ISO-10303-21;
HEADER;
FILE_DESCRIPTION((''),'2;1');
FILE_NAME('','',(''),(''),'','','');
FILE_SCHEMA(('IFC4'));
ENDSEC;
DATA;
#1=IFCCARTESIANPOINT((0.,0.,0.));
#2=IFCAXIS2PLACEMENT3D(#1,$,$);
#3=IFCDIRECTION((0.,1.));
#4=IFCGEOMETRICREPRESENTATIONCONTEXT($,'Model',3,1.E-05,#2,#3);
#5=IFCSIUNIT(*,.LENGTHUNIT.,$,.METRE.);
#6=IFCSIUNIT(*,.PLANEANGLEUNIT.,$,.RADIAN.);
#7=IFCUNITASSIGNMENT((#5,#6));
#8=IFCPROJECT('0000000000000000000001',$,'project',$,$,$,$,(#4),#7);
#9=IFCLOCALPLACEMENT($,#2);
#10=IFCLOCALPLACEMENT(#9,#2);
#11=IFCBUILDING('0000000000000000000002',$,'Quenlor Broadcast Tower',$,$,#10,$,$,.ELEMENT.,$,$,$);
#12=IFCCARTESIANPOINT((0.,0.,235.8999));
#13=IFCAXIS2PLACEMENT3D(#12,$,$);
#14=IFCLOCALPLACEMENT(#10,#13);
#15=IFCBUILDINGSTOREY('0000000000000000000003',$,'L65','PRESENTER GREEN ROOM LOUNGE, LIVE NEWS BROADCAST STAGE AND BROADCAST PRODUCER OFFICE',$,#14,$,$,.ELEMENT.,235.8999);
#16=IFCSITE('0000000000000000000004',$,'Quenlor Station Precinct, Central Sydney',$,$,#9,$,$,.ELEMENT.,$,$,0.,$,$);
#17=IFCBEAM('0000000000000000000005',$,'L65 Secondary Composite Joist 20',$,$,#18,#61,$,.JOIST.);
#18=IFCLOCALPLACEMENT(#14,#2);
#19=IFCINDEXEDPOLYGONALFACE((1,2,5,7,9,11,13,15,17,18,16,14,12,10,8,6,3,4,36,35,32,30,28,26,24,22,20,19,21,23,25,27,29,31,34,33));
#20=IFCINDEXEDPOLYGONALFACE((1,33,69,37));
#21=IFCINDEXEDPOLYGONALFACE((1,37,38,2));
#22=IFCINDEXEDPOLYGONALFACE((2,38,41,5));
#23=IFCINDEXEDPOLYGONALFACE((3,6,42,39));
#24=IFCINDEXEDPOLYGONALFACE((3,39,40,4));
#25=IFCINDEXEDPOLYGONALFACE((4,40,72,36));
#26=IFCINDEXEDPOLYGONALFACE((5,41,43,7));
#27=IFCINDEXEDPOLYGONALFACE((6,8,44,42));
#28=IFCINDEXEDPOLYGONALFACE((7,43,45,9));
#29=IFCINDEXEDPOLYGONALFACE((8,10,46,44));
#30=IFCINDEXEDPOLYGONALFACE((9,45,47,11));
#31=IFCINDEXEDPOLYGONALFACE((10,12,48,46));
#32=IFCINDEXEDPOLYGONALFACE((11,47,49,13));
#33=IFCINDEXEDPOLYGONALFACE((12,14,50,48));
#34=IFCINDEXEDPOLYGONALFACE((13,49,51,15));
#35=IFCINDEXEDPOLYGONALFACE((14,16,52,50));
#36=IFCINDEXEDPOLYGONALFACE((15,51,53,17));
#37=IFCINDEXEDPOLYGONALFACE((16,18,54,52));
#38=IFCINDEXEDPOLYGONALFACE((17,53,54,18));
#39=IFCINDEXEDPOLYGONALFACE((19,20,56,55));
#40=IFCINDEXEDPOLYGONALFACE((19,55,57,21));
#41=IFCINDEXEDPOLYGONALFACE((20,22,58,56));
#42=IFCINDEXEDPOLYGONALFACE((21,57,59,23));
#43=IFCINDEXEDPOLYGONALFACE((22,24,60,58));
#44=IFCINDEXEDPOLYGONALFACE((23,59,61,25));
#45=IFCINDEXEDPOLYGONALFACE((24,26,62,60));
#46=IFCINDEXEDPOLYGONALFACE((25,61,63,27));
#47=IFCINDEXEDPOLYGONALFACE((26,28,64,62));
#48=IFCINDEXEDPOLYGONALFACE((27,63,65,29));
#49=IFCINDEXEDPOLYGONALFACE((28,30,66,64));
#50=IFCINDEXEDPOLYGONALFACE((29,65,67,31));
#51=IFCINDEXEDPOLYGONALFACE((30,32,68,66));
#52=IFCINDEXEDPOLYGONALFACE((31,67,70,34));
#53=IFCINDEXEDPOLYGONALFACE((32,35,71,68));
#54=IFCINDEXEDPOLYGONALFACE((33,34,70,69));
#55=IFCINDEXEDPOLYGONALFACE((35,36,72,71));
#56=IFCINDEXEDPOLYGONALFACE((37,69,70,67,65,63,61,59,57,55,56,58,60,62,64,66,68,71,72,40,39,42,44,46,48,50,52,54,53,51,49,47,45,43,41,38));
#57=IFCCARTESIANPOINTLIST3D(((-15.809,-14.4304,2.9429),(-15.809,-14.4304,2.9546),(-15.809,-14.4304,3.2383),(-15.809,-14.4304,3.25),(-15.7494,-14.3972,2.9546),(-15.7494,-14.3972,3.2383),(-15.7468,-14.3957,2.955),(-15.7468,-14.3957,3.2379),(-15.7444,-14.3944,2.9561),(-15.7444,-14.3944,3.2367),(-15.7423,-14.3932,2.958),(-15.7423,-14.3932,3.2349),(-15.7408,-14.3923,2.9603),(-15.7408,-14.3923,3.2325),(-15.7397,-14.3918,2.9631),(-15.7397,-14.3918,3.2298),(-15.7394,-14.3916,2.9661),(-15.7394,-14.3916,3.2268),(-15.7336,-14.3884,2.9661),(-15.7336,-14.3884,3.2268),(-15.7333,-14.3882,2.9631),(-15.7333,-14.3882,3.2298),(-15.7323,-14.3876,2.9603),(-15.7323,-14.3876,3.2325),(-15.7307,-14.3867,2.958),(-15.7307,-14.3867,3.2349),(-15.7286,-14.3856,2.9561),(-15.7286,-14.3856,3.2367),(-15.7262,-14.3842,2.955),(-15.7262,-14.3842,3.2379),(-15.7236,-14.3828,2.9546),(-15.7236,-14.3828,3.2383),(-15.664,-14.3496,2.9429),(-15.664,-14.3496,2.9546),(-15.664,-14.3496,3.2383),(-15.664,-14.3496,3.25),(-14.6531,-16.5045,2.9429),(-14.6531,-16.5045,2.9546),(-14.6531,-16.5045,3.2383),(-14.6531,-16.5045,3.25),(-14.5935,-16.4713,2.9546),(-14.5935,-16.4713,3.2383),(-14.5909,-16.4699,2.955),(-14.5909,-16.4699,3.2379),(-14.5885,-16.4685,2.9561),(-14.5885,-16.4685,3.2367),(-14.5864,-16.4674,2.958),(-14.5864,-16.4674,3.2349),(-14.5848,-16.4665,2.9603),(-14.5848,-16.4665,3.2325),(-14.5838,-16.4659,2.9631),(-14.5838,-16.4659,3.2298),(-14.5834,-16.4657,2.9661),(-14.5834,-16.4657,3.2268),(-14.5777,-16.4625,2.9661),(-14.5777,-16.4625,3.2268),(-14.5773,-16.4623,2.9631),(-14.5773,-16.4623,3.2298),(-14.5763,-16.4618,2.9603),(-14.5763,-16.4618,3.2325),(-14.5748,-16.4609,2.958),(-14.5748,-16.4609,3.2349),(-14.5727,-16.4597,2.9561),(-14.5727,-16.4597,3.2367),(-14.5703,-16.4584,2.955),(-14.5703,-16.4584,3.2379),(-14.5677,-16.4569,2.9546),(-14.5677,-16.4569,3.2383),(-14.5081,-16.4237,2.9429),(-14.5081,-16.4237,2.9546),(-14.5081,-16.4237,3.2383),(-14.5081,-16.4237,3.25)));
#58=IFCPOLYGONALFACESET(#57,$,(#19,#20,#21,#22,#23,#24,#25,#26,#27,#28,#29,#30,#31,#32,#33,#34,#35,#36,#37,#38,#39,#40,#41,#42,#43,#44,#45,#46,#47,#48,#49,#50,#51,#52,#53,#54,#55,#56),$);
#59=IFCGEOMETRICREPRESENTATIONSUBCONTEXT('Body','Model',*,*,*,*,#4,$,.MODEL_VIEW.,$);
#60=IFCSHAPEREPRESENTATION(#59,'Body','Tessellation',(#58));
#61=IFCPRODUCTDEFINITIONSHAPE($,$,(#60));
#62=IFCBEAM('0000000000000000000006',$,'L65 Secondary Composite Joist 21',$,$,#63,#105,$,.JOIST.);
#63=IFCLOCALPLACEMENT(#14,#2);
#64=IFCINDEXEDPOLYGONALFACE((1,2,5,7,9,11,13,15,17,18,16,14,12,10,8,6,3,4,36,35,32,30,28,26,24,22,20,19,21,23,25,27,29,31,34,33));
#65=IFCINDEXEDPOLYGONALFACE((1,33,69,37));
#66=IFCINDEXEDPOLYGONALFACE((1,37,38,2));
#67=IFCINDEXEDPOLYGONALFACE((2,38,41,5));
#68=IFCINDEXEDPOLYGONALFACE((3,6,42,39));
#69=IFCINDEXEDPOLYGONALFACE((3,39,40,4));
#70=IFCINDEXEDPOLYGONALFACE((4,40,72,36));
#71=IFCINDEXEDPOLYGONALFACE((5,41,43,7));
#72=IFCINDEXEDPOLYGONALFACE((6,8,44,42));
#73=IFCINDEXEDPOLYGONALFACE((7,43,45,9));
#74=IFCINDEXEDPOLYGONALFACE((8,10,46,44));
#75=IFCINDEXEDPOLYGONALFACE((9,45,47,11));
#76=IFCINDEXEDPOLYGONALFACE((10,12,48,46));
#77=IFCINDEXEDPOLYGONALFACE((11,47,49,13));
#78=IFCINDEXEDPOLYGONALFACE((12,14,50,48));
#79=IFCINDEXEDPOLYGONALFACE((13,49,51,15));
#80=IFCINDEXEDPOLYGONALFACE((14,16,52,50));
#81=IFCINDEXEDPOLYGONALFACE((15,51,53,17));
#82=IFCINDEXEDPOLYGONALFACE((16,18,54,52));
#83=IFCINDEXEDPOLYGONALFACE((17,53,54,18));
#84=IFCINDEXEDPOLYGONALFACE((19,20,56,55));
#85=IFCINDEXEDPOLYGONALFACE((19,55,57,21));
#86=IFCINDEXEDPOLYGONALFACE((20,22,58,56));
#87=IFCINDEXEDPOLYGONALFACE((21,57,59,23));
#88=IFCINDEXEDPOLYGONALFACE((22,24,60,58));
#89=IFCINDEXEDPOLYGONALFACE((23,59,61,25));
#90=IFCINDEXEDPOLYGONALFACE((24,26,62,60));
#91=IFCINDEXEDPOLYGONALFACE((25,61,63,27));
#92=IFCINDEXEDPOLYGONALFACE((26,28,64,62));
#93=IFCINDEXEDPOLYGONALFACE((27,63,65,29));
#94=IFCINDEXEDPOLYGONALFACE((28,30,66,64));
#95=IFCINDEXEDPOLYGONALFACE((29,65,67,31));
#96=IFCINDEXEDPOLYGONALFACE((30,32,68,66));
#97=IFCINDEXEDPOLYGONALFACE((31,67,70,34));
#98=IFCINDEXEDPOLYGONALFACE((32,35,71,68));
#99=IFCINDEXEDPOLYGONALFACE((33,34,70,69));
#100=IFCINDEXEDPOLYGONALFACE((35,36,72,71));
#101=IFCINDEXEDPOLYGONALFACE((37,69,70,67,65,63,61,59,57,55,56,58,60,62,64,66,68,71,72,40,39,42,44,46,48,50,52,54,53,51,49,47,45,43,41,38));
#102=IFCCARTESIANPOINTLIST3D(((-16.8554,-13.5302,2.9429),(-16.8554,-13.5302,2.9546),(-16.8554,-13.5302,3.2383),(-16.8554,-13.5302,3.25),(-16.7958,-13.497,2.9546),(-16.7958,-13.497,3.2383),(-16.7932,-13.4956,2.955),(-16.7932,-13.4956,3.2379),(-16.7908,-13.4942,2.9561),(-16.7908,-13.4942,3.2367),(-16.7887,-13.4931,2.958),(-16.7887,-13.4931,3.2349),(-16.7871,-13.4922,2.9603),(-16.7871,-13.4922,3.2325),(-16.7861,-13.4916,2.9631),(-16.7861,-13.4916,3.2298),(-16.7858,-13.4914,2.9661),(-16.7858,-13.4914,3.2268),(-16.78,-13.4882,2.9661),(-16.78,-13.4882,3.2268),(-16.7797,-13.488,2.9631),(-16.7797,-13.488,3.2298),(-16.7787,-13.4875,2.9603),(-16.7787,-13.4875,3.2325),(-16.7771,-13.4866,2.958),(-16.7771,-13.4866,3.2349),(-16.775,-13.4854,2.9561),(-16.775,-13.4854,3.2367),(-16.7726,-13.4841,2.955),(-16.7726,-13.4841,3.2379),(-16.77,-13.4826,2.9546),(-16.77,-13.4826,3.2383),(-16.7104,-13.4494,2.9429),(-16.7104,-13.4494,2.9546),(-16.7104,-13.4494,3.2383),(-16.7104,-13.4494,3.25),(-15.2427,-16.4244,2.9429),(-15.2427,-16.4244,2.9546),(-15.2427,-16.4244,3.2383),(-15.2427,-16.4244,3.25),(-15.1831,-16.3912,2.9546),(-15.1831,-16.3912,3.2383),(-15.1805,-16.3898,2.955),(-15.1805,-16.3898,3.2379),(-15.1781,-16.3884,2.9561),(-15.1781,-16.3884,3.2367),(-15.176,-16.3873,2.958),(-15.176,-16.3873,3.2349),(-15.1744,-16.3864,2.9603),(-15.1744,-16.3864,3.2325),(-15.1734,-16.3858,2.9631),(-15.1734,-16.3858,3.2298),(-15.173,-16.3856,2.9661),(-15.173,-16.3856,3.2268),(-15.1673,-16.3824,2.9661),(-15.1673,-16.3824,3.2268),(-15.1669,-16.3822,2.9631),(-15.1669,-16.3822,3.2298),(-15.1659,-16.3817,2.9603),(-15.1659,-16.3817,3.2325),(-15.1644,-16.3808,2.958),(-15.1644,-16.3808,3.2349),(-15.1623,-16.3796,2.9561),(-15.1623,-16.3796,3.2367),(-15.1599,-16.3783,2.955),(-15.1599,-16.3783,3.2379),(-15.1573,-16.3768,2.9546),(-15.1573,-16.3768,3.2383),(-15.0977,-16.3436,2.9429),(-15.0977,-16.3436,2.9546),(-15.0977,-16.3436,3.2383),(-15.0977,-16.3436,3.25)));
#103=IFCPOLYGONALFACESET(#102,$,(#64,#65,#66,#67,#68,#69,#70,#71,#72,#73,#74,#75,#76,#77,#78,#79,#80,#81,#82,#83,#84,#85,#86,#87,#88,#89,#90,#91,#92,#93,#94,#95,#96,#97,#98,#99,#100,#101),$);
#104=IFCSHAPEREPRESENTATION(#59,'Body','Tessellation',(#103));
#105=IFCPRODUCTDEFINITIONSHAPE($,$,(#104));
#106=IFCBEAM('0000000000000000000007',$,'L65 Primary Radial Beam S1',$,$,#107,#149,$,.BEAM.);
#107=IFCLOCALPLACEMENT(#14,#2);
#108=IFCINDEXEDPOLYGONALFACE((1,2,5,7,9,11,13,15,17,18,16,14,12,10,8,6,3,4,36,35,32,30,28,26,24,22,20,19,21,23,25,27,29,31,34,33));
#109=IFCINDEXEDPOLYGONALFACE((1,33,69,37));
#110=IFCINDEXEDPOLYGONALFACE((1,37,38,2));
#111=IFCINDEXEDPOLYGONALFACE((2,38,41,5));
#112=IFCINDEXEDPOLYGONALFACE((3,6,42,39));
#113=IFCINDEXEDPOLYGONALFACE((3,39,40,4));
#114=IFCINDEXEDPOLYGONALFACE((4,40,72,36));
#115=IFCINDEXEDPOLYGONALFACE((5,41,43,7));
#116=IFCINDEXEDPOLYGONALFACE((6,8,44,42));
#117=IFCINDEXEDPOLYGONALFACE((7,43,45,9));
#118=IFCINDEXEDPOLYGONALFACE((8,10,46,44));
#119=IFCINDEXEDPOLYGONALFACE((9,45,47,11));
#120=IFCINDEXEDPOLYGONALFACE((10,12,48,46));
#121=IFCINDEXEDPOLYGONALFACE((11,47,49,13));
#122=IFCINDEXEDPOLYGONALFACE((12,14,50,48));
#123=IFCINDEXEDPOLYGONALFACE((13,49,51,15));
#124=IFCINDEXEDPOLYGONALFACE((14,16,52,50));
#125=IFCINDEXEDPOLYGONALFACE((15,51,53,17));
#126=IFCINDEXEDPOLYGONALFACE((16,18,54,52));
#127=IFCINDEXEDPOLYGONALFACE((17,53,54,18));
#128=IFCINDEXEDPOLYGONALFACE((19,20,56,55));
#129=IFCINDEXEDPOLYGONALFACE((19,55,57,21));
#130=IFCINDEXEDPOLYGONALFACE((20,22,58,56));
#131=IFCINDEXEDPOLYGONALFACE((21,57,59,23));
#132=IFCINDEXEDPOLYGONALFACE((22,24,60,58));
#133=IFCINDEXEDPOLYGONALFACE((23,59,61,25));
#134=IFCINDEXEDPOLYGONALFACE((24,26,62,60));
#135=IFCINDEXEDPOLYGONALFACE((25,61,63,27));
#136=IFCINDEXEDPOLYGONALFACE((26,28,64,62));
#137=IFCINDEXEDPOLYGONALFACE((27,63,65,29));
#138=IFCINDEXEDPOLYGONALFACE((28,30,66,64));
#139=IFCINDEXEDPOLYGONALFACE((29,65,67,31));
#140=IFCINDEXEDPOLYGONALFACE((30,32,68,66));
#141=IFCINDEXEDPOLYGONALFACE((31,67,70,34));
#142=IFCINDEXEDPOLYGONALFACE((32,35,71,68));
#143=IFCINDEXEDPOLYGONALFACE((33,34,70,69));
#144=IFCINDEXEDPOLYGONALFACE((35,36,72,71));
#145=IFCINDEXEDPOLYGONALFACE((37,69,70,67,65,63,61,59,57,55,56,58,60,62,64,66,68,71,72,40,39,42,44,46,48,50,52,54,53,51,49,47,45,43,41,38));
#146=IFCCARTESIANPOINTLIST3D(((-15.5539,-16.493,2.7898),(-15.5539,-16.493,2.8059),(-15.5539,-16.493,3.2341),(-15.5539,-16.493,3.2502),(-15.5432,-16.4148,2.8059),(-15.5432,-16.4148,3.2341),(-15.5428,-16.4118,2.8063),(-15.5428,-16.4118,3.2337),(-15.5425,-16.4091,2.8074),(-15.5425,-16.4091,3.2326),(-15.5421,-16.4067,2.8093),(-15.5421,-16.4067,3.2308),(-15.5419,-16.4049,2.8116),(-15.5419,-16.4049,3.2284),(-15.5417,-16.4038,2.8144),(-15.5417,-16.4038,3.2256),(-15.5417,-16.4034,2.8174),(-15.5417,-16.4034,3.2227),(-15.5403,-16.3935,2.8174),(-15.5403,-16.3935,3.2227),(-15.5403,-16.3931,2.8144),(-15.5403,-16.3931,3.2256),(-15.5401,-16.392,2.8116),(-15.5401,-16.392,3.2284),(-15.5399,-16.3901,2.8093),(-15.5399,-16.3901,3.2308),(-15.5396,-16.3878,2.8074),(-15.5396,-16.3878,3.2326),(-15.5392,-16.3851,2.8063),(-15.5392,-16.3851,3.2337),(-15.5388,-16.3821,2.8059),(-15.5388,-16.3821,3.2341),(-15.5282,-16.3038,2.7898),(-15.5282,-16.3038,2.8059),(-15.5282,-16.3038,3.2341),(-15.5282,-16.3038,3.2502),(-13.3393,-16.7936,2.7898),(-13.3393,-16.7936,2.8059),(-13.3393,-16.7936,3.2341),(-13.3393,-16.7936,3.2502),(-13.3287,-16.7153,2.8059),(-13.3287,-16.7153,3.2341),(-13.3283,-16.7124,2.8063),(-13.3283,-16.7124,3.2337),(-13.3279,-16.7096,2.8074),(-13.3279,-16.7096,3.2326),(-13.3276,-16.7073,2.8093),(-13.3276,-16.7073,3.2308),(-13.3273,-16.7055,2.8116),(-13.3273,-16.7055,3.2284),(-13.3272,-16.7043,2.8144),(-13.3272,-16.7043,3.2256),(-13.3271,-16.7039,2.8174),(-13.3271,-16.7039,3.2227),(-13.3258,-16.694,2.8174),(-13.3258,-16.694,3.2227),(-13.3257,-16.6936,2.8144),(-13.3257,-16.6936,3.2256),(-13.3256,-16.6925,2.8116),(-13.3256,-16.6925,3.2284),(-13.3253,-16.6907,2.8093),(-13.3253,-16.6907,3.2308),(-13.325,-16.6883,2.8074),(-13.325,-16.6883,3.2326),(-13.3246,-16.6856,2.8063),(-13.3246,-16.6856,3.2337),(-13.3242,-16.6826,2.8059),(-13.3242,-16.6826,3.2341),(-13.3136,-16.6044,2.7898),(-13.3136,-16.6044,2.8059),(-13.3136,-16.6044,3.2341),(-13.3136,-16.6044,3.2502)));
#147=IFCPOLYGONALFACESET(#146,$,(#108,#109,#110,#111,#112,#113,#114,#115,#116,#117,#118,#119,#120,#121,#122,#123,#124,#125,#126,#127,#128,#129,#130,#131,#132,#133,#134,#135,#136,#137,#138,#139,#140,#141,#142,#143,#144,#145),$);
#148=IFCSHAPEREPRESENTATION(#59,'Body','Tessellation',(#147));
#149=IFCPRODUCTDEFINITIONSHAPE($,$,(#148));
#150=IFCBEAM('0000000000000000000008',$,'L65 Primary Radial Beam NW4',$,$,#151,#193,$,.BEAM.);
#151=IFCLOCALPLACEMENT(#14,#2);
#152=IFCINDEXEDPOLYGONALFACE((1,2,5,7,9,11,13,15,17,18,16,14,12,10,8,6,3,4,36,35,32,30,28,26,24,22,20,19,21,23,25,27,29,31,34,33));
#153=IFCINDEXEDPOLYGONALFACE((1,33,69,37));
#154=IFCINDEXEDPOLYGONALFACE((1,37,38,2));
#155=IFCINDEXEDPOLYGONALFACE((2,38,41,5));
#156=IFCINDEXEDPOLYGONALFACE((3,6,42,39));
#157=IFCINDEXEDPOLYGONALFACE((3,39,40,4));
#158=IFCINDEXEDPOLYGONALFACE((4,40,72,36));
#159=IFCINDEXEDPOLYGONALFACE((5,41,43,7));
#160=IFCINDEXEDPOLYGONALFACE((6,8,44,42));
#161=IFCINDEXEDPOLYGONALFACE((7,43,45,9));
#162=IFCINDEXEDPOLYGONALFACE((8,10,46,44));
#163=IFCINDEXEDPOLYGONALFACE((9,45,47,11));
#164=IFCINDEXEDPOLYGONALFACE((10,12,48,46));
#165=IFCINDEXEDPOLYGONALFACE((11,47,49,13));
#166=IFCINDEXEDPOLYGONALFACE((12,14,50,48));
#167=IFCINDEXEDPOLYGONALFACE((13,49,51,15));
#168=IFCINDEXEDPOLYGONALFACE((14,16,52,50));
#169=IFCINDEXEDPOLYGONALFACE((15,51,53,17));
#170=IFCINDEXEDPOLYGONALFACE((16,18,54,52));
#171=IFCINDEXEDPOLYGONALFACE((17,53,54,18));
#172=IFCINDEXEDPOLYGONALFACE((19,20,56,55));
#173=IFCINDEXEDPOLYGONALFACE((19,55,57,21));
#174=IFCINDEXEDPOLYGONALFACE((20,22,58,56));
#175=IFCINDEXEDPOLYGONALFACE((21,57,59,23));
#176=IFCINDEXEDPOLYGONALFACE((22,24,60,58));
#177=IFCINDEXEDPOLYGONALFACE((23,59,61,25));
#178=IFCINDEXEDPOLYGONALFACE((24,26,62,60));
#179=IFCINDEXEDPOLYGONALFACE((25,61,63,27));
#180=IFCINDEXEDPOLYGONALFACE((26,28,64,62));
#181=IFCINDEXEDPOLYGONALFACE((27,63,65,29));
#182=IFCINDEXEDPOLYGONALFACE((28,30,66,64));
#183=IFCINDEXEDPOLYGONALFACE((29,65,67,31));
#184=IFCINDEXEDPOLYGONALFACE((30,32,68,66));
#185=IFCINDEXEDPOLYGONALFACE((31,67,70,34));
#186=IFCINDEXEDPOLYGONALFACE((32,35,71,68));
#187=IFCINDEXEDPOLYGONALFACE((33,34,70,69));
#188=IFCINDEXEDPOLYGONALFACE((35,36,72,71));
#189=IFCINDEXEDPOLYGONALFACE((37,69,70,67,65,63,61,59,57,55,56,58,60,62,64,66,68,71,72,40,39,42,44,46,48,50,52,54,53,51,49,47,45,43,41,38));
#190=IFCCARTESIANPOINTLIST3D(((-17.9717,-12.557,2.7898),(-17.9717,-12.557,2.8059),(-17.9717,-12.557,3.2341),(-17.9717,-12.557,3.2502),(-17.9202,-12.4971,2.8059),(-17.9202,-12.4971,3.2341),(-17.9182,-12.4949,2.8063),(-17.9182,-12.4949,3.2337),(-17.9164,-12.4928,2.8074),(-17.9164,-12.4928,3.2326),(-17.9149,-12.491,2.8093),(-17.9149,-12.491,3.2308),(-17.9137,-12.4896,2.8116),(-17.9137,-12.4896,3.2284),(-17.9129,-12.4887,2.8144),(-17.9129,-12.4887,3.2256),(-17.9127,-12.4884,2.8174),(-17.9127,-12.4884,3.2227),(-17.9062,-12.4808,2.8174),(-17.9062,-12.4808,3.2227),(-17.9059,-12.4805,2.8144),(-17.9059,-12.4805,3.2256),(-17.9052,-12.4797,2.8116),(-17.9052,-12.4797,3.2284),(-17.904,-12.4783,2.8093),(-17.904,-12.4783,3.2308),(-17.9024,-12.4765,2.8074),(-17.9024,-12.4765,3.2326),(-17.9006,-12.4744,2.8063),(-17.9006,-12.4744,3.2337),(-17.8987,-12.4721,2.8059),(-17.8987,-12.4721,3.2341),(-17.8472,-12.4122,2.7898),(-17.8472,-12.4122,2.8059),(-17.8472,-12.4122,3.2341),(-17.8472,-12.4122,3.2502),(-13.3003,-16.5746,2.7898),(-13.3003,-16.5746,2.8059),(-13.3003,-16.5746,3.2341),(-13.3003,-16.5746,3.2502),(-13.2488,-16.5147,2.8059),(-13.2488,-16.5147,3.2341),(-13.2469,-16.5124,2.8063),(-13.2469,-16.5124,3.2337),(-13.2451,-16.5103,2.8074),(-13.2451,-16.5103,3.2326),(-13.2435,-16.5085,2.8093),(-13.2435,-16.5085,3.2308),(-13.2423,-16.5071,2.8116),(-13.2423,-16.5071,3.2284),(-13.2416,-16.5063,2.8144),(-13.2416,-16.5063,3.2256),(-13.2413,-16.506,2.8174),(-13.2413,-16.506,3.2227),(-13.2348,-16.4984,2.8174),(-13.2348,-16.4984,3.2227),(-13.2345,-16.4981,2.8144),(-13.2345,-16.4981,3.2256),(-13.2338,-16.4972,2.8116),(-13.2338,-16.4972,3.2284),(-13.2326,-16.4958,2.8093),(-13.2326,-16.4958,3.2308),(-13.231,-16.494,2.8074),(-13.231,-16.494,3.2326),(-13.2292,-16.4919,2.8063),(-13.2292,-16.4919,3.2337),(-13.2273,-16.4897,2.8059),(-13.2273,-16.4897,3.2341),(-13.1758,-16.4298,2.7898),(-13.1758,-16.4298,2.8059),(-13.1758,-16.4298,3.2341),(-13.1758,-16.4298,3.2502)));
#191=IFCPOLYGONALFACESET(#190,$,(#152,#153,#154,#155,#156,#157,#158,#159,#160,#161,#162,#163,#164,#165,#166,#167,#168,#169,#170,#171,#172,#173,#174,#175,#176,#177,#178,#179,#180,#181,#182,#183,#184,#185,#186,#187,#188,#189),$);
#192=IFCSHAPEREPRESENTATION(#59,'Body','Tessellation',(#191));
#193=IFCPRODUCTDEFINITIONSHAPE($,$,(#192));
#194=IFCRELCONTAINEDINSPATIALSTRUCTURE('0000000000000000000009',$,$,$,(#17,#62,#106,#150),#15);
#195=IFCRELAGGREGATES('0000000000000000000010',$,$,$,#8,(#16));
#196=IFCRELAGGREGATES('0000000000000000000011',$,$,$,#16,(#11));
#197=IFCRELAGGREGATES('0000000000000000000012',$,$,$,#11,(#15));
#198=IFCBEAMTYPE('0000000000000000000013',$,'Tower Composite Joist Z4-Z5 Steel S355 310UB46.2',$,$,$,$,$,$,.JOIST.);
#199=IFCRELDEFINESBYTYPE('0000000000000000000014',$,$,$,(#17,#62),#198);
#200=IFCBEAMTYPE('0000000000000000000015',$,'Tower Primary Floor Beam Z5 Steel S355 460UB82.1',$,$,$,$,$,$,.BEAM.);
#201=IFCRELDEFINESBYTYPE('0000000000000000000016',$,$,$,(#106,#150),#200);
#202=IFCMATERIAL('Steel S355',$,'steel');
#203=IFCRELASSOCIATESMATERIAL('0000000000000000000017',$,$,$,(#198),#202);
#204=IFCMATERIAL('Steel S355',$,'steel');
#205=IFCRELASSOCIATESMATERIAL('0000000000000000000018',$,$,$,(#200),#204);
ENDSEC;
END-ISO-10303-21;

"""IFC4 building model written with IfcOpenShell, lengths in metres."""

from ifc_helpers import new_model, si_unit, direction, frame, origin, origin_2d, place, context, subcontext, project, spatial, i_section, extrude, material, material_profile, profile_set, type_object, element, save


model = new_model("IFC4")

# Units and contexts
model_context = context("Model", 3, precision=1e-05, world=origin(), true_north=direction((0.0, 1.0)))
body_context = subcontext(model_context, "Body", "Model", "MODEL_VIEW")
ifc_project = project(units=[si_unit("LENGTHUNIT", "METRE"), si_unit("PLANEANGLEUNIT", "RADIAN")], contexts=[model_context])

# Site, building, storey
site_placement = place(None, origin())
site = spatial("IfcSite", under=ifc_project, at=site_placement, Name="Quenlor Station Precinct, Central Sydney", CompositionType="ELEMENT", RefElevation=0.0)
building_placement = place(site_placement, origin())
building = spatial("IfcBuilding", under=site, at=building_placement, Name="Quenlor Broadcast Tower", CompositionType="ELEMENT")
storey_placement = place(building_placement, frame((0.0, 0.0, 235.8999)))
storey = spatial("IfcBuildingStorey", under=building, at=storey_placement, Name="L65", Description="PRESENTER GREEN ROOM LOUNGE, LIVE NEWS BROADCAST STAGE AND BROADCAST PRODUCER OFFICE", CompositionType="ELEMENT", Elevation=235.8999)

# Beams
ifc_material_1 = material(Name="Steel S355", Category="steel")
ifc_material_profile_1 = material_profile(ifc_material_1, i_section(OverallWidth=0.166, OverallDepth=0.3071, WebThickness=0.0066, FlangeThickness=0.0117, FilletRadius=0.0115, at=origin_2d()))
ifc_profile_set_1 = profile_set([ifc_material_profile_1], Name="Steel S355 310UB46.2")
beam_type_1 = type_object("IfcBeamType", Name="Tower Composite Joist Z4-Z5 Steel S355 310UB46.2", PredefinedType="JOIST", material=ifc_profile_set_1)
beam_1_placement = place(storey_placement, frame((-14.5806, -16.4641, 3.0964), z_axis=(-0.486821, 0.873502, 0.0), x_axis=(-0.873502, -0.486821, 0.0)))
element("IfcBeam", 1, at=beam_1_placement, inside=storey, type_object=beam_type_1, Name="L65 Secondary Composite Joist 20", PredefinedType="JOIST", context=body_context, shape_type="SweptSolid", body=[
    extrude(i_section(OverallWidth=0.166, OverallDepth=0.3071, WebThickness=0.0066, FlangeThickness=0.0117, FilletRadius=0.0115, at=origin_2d()), origin(), (0.0, 0.0, 1.0), 2.3745),
])
beam_2_placement = place(storey_placement, frame((-15.1702, -16.384, 3.0964), z_axis=(-0.486762, 0.873534, 0.0), x_axis=(-0.873534, -0.486762, 0.0)))
element("IfcBeam", 2, at=beam_2_placement, inside=storey, type_object=beam_type_1, Name="L65 Secondary Composite Joist 21", PredefinedType="JOIST", context=body_context, shape_type="SweptSolid", body=[
    extrude(i_section(OverallWidth=0.166, OverallDepth=0.3071, WebThickness=0.0066, FlangeThickness=0.0117, FilletRadius=0.0115, at=origin_2d()), origin(), (0.0, 0.0, 1.0), 3.3132),
])
ifc_material_2 = material(Name="Steel S355", Category="steel")
ifc_material_profile_2 = material_profile(ifc_material_2, i_section(OverallWidth=0.1909, OverallDepth=0.4604, WebThickness=0.01, FlangeThickness=0.0161, FilletRadius=0.0115, at=origin_2d()))
ifc_profile_set_2 = profile_set([ifc_material_profile_2], Name="Steel S355 460UB82.1")
beam_type_2 = type_object("IfcBeamType", Name="Tower Primary Floor Beam Z5 Steel S355 460UB82.1", PredefinedType="BEAM", material=ifc_profile_set_2)
beam_3_placement = place(storey_placement, frame((-15.541, -16.3984, 3.02), z_axis=(0.990917, -0.134475, 0.0), x_axis=(0.134475, 0.990917, 0.0)))
element("IfcBeam", 3, at=beam_3_placement, inside=storey, type_object=beam_type_2, Name="L65 Primary Radial Beam S1", PredefinedType="BEAM", context=body_context, shape_type="SweptSolid", body=[
    extrude(i_section(OverallWidth=0.1909, OverallDepth=0.4604, WebThickness=0.01, FlangeThickness=0.0161, FilletRadius=0.0115, at=origin_2d()), origin(), (0.0, 0.0, 1.0), 2.2349),
])
beam_4_placement = place(storey_placement, frame((-17.9094, -12.4846, 3.02), z_axis=(0.75817, -0.652057, 0.0), x_axis=(0.652057, 0.75817, 0.0)))
element("IfcBeam", 4, at=beam_4_placement, inside=storey, type_object=beam_type_2, Name="L65 Primary Radial Beam NW4", PredefinedType="BEAM", context=body_context, shape_type="SweptSolid", body=[
    extrude(i_section(OverallWidth=0.1909, OverallDepth=0.4604, WebThickness=0.01, FlangeThickness=0.0161, FilletRadius=0.0115, at=origin_2d()), origin(), (0.0, 0.0, 1.0), 6.1614),
])

save(model, "model.ifc")
